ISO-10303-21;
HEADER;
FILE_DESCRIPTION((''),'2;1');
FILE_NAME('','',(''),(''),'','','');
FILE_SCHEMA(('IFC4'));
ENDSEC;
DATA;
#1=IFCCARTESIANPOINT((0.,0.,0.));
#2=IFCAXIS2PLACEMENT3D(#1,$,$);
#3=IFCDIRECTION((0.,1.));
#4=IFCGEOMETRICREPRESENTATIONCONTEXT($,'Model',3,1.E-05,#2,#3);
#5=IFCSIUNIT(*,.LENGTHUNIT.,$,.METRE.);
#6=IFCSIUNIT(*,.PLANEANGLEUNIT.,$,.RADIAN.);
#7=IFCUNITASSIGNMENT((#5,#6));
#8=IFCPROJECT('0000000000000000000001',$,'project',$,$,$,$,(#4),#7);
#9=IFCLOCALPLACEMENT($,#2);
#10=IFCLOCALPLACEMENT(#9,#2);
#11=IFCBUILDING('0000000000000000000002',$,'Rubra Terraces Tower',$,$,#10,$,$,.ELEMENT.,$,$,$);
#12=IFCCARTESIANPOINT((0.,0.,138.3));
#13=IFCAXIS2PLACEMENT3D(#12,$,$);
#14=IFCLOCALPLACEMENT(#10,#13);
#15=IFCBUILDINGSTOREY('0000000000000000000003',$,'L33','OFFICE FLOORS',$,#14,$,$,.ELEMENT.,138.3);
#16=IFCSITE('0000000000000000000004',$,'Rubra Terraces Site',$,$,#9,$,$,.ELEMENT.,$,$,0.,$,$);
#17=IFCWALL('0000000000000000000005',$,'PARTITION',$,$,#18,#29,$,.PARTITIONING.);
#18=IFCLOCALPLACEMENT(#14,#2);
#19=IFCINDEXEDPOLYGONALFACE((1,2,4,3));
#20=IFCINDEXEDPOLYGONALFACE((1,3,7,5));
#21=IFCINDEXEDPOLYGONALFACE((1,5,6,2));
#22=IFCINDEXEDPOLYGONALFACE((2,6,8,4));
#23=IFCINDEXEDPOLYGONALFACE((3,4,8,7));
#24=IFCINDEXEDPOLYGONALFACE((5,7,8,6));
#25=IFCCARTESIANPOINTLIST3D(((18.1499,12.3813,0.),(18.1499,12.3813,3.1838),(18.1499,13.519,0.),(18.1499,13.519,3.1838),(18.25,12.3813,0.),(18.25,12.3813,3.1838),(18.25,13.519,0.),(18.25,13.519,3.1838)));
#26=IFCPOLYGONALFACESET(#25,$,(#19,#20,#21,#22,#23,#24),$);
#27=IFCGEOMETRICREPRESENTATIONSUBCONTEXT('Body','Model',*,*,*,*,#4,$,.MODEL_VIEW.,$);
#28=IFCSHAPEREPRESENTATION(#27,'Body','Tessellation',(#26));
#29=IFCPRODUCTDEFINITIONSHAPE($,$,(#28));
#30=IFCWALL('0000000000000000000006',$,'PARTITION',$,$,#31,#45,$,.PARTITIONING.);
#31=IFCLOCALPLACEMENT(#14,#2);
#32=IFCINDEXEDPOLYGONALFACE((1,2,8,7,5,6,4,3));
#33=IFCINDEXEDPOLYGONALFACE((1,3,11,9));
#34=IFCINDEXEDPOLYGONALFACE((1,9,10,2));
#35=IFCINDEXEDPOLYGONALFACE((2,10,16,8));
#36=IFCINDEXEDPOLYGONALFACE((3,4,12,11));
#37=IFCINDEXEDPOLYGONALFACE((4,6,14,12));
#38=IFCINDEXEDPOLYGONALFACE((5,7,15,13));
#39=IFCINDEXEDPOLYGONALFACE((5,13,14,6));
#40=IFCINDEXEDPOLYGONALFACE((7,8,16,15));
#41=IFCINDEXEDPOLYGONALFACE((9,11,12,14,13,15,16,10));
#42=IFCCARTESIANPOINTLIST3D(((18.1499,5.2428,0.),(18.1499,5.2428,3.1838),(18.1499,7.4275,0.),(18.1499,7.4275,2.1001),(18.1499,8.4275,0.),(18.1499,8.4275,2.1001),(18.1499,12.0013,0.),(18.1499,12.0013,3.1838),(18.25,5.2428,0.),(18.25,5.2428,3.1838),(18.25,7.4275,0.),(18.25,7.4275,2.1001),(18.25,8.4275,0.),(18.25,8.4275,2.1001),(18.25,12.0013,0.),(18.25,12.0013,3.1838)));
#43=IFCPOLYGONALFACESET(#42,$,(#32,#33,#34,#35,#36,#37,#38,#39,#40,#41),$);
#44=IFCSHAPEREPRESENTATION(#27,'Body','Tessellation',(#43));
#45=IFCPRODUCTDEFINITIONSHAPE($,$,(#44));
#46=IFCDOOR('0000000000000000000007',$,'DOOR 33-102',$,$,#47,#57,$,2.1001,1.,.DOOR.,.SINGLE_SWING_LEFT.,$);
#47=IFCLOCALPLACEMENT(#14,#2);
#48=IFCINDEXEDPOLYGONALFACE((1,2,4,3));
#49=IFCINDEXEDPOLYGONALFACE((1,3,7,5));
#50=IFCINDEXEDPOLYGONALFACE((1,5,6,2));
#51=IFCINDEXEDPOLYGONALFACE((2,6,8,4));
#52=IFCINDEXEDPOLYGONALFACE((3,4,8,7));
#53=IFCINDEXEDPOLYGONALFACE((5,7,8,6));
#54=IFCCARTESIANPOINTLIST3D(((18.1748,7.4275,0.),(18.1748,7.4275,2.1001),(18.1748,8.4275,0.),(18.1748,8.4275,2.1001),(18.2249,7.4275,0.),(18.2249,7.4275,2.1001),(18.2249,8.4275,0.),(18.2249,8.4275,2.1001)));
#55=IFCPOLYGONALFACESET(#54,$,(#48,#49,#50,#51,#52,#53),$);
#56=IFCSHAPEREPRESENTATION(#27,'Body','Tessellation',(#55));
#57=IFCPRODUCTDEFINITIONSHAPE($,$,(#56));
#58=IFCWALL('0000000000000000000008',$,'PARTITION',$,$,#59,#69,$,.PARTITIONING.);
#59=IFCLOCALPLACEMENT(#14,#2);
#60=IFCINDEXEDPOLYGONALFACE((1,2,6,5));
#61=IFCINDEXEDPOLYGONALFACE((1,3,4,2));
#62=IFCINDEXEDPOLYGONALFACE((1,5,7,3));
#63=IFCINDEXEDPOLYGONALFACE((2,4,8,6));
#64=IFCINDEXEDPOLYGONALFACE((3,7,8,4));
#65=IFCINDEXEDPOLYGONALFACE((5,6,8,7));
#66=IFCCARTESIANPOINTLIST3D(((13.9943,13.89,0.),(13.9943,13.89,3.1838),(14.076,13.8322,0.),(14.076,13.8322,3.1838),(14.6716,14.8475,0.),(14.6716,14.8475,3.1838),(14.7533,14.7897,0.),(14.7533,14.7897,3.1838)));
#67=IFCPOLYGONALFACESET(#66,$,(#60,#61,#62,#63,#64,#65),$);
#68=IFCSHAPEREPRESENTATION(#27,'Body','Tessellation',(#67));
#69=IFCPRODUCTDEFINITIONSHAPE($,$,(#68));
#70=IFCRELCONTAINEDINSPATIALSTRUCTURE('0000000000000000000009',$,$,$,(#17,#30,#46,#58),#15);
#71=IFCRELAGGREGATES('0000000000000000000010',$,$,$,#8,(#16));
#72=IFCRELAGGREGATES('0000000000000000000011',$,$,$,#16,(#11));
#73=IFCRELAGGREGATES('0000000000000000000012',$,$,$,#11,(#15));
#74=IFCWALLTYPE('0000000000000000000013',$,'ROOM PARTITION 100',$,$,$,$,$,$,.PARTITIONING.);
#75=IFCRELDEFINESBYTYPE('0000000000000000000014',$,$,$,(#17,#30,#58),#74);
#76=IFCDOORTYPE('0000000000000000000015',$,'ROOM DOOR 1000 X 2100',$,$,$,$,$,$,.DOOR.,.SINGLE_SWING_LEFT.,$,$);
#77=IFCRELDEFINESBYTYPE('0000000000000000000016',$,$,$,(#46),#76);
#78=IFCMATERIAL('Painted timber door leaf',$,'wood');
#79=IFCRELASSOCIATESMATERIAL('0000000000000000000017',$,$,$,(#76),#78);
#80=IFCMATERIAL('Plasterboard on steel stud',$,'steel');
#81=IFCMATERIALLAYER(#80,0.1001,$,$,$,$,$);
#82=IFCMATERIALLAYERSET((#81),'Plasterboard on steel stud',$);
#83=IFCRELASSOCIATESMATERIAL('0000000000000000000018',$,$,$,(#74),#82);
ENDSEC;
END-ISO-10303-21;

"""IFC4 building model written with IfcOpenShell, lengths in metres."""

from ifc_helpers import new_model, si_unit, direction, frame, frame_2d, origin, place, context, subcontext, project, spatial, rectangle, extrude, material, layer, layer_set, type_object, element, fill, save


model = new_model("IFC4")

# Units and contexts
model_context = context("Model", 3, precision=1e-05, world=origin(), true_north=direction((0.0, 1.0)))
body_context = subcontext(model_context, "Body", "Model", "MODEL_VIEW")
ifc_project = project(units=[si_unit("LENGTHUNIT", "METRE"), si_unit("PLANEANGLEUNIT", "RADIAN")], contexts=[model_context])

# Site, building, storey
site_placement = place(None, origin())
site = spatial("IfcSite", under=ifc_project, at=site_placement, Name="Rubra Terraces Site", CompositionType="ELEMENT", RefElevation=0.0)
building_placement = place(site_placement, origin())
building = spatial("IfcBuilding", under=site, at=building_placement, Name="Rubra Terraces Tower", CompositionType="ELEMENT")
storey_placement = place(building_placement, frame((0.0, 0.0, 138.3)))
storey = spatial("IfcBuildingStorey", under=building, at=storey_placement, Name="L33", Description="OFFICE FLOORS", CompositionType="ELEMENT", Elevation=138.3)

# Shared definitions
ifc_material_1 = material(Name="Painted timber door leaf", Category="wood")
door_type = type_object("IfcDoorType", Name="ROOM DOOR 1000 X 2100", OperationType="SINGLE_SWING_LEFT", PredefinedType="DOOR", material=ifc_material_1)

# Wall
ifc_material_2 = material(Name="Plasterboard on steel stud", Category="steel")
ifc_layer_1 = layer(ifc_material_2, 0.1001)
ifc_layer_set_1 = layer_set([ifc_layer_1], Name="Plasterboard on steel stud")
wall_type_1 = type_object("IfcWallType", Name="ROOM PARTITION 100", PredefinedType="PARTITIONING", material=ifc_layer_set_1)
wall_1_placement = place(storey_placement, frame((18.2, 13.519, 0.0), z_axis=(0.0, 0.0, 1.0), x_axis=(0.0, -1.0, 0.0)))
element("IfcWall", 1, at=wall_1_placement, inside=storey, type_object=wall_type_1, Name="PARTITION", PredefinedType="PARTITIONING", context=body_context, shape_type="SweptSolid", body=[
    extrude(rectangle(XDim=1.1377, YDim=0.1001, at=frame_2d((0.5688, 0.0))), origin(), (0.0, 0.0, 1.0), 3.1838),
])

# Wall, opening, door
wall_2_placement = place(storey_placement, frame((18.2, 12.0015, 0.0), z_axis=(0.0, 0.0, 1.0), x_axis=(0.0, -1.0, 0.0)))
wall_2 = element("IfcWall", 2, at=wall_2_placement, inside=storey, type_object=wall_type_1, Name="PARTITION", PredefinedType="PARTITIONING", context=body_context, shape_type="SweptSolid", body=[
    extrude(rectangle(XDim=6.7585, YDim=0.1001, at=frame_2d((3.3794, 0.0))), origin(), (0.0, 0.0, 1.0), 3.1838),
])
opening_1_placement = place(wall_2_placement, frame((3.574, 0.0, 0.0)))
opening_1 = element("IfcOpeningElement", 3, at=opening_1_placement, cuts=wall_2, PredefinedType="OPENING", context=body_context, shape_type="SweptSolid", body=[
    extrude(rectangle(XDim=1.0, YDim=2.1001, at=frame_2d((0.5, 1.05))), frame((0.0, 0.0601, 0.0), z_axis=(0.0, -1.0, 0.0), x_axis=(1.0, 0.0, 0.0)), (0.0, 0.0, 1.0), 0.1201),
])
door_1_placement = place(opening_1_placement, origin())
door_1 = element("IfcDoor", 4, at=door_1_placement, inside=storey, type_object=door_type, Name="DOOR 33-102", OperationType="SINGLE_SWING_LEFT", OverallHeight=2.1001, OverallWidth=1.0, PredefinedType="DOOR", context=body_context, shape_type="SweptSolid", body=[
    extrude(rectangle(XDim=1.0, YDim=2.1001, at=frame_2d((0.5, 1.05))), frame((0.0, 0.0249, 0.0), z_axis=(0.0, -1.0, 0.0), x_axis=(1.0, 0.0, 0.0)), (0.0, 0.0, 1.0), 0.05),
])
fill(opening_1, door_1)

# Wall
wall_3_placement = place(storey_placement, frame((14.0352, 13.8611, 0.0), z_axis=(0.0, 0.0, 1.0), x_axis=(0.577451, 0.816425, 0.0)))
element("IfcWall", 5, at=wall_3_placement, inside=storey, type_object=wall_type_1, Name="PARTITION", PredefinedType="PARTITIONING", context=body_context, shape_type="SweptSolid", body=[
    extrude(rectangle(XDim=1.1729, YDim=0.1001, at=frame_2d((0.5864, 0.0))), origin(), (0.0, 0.0, 1.0), 3.1838),
])

save(model, "model.ifc")
